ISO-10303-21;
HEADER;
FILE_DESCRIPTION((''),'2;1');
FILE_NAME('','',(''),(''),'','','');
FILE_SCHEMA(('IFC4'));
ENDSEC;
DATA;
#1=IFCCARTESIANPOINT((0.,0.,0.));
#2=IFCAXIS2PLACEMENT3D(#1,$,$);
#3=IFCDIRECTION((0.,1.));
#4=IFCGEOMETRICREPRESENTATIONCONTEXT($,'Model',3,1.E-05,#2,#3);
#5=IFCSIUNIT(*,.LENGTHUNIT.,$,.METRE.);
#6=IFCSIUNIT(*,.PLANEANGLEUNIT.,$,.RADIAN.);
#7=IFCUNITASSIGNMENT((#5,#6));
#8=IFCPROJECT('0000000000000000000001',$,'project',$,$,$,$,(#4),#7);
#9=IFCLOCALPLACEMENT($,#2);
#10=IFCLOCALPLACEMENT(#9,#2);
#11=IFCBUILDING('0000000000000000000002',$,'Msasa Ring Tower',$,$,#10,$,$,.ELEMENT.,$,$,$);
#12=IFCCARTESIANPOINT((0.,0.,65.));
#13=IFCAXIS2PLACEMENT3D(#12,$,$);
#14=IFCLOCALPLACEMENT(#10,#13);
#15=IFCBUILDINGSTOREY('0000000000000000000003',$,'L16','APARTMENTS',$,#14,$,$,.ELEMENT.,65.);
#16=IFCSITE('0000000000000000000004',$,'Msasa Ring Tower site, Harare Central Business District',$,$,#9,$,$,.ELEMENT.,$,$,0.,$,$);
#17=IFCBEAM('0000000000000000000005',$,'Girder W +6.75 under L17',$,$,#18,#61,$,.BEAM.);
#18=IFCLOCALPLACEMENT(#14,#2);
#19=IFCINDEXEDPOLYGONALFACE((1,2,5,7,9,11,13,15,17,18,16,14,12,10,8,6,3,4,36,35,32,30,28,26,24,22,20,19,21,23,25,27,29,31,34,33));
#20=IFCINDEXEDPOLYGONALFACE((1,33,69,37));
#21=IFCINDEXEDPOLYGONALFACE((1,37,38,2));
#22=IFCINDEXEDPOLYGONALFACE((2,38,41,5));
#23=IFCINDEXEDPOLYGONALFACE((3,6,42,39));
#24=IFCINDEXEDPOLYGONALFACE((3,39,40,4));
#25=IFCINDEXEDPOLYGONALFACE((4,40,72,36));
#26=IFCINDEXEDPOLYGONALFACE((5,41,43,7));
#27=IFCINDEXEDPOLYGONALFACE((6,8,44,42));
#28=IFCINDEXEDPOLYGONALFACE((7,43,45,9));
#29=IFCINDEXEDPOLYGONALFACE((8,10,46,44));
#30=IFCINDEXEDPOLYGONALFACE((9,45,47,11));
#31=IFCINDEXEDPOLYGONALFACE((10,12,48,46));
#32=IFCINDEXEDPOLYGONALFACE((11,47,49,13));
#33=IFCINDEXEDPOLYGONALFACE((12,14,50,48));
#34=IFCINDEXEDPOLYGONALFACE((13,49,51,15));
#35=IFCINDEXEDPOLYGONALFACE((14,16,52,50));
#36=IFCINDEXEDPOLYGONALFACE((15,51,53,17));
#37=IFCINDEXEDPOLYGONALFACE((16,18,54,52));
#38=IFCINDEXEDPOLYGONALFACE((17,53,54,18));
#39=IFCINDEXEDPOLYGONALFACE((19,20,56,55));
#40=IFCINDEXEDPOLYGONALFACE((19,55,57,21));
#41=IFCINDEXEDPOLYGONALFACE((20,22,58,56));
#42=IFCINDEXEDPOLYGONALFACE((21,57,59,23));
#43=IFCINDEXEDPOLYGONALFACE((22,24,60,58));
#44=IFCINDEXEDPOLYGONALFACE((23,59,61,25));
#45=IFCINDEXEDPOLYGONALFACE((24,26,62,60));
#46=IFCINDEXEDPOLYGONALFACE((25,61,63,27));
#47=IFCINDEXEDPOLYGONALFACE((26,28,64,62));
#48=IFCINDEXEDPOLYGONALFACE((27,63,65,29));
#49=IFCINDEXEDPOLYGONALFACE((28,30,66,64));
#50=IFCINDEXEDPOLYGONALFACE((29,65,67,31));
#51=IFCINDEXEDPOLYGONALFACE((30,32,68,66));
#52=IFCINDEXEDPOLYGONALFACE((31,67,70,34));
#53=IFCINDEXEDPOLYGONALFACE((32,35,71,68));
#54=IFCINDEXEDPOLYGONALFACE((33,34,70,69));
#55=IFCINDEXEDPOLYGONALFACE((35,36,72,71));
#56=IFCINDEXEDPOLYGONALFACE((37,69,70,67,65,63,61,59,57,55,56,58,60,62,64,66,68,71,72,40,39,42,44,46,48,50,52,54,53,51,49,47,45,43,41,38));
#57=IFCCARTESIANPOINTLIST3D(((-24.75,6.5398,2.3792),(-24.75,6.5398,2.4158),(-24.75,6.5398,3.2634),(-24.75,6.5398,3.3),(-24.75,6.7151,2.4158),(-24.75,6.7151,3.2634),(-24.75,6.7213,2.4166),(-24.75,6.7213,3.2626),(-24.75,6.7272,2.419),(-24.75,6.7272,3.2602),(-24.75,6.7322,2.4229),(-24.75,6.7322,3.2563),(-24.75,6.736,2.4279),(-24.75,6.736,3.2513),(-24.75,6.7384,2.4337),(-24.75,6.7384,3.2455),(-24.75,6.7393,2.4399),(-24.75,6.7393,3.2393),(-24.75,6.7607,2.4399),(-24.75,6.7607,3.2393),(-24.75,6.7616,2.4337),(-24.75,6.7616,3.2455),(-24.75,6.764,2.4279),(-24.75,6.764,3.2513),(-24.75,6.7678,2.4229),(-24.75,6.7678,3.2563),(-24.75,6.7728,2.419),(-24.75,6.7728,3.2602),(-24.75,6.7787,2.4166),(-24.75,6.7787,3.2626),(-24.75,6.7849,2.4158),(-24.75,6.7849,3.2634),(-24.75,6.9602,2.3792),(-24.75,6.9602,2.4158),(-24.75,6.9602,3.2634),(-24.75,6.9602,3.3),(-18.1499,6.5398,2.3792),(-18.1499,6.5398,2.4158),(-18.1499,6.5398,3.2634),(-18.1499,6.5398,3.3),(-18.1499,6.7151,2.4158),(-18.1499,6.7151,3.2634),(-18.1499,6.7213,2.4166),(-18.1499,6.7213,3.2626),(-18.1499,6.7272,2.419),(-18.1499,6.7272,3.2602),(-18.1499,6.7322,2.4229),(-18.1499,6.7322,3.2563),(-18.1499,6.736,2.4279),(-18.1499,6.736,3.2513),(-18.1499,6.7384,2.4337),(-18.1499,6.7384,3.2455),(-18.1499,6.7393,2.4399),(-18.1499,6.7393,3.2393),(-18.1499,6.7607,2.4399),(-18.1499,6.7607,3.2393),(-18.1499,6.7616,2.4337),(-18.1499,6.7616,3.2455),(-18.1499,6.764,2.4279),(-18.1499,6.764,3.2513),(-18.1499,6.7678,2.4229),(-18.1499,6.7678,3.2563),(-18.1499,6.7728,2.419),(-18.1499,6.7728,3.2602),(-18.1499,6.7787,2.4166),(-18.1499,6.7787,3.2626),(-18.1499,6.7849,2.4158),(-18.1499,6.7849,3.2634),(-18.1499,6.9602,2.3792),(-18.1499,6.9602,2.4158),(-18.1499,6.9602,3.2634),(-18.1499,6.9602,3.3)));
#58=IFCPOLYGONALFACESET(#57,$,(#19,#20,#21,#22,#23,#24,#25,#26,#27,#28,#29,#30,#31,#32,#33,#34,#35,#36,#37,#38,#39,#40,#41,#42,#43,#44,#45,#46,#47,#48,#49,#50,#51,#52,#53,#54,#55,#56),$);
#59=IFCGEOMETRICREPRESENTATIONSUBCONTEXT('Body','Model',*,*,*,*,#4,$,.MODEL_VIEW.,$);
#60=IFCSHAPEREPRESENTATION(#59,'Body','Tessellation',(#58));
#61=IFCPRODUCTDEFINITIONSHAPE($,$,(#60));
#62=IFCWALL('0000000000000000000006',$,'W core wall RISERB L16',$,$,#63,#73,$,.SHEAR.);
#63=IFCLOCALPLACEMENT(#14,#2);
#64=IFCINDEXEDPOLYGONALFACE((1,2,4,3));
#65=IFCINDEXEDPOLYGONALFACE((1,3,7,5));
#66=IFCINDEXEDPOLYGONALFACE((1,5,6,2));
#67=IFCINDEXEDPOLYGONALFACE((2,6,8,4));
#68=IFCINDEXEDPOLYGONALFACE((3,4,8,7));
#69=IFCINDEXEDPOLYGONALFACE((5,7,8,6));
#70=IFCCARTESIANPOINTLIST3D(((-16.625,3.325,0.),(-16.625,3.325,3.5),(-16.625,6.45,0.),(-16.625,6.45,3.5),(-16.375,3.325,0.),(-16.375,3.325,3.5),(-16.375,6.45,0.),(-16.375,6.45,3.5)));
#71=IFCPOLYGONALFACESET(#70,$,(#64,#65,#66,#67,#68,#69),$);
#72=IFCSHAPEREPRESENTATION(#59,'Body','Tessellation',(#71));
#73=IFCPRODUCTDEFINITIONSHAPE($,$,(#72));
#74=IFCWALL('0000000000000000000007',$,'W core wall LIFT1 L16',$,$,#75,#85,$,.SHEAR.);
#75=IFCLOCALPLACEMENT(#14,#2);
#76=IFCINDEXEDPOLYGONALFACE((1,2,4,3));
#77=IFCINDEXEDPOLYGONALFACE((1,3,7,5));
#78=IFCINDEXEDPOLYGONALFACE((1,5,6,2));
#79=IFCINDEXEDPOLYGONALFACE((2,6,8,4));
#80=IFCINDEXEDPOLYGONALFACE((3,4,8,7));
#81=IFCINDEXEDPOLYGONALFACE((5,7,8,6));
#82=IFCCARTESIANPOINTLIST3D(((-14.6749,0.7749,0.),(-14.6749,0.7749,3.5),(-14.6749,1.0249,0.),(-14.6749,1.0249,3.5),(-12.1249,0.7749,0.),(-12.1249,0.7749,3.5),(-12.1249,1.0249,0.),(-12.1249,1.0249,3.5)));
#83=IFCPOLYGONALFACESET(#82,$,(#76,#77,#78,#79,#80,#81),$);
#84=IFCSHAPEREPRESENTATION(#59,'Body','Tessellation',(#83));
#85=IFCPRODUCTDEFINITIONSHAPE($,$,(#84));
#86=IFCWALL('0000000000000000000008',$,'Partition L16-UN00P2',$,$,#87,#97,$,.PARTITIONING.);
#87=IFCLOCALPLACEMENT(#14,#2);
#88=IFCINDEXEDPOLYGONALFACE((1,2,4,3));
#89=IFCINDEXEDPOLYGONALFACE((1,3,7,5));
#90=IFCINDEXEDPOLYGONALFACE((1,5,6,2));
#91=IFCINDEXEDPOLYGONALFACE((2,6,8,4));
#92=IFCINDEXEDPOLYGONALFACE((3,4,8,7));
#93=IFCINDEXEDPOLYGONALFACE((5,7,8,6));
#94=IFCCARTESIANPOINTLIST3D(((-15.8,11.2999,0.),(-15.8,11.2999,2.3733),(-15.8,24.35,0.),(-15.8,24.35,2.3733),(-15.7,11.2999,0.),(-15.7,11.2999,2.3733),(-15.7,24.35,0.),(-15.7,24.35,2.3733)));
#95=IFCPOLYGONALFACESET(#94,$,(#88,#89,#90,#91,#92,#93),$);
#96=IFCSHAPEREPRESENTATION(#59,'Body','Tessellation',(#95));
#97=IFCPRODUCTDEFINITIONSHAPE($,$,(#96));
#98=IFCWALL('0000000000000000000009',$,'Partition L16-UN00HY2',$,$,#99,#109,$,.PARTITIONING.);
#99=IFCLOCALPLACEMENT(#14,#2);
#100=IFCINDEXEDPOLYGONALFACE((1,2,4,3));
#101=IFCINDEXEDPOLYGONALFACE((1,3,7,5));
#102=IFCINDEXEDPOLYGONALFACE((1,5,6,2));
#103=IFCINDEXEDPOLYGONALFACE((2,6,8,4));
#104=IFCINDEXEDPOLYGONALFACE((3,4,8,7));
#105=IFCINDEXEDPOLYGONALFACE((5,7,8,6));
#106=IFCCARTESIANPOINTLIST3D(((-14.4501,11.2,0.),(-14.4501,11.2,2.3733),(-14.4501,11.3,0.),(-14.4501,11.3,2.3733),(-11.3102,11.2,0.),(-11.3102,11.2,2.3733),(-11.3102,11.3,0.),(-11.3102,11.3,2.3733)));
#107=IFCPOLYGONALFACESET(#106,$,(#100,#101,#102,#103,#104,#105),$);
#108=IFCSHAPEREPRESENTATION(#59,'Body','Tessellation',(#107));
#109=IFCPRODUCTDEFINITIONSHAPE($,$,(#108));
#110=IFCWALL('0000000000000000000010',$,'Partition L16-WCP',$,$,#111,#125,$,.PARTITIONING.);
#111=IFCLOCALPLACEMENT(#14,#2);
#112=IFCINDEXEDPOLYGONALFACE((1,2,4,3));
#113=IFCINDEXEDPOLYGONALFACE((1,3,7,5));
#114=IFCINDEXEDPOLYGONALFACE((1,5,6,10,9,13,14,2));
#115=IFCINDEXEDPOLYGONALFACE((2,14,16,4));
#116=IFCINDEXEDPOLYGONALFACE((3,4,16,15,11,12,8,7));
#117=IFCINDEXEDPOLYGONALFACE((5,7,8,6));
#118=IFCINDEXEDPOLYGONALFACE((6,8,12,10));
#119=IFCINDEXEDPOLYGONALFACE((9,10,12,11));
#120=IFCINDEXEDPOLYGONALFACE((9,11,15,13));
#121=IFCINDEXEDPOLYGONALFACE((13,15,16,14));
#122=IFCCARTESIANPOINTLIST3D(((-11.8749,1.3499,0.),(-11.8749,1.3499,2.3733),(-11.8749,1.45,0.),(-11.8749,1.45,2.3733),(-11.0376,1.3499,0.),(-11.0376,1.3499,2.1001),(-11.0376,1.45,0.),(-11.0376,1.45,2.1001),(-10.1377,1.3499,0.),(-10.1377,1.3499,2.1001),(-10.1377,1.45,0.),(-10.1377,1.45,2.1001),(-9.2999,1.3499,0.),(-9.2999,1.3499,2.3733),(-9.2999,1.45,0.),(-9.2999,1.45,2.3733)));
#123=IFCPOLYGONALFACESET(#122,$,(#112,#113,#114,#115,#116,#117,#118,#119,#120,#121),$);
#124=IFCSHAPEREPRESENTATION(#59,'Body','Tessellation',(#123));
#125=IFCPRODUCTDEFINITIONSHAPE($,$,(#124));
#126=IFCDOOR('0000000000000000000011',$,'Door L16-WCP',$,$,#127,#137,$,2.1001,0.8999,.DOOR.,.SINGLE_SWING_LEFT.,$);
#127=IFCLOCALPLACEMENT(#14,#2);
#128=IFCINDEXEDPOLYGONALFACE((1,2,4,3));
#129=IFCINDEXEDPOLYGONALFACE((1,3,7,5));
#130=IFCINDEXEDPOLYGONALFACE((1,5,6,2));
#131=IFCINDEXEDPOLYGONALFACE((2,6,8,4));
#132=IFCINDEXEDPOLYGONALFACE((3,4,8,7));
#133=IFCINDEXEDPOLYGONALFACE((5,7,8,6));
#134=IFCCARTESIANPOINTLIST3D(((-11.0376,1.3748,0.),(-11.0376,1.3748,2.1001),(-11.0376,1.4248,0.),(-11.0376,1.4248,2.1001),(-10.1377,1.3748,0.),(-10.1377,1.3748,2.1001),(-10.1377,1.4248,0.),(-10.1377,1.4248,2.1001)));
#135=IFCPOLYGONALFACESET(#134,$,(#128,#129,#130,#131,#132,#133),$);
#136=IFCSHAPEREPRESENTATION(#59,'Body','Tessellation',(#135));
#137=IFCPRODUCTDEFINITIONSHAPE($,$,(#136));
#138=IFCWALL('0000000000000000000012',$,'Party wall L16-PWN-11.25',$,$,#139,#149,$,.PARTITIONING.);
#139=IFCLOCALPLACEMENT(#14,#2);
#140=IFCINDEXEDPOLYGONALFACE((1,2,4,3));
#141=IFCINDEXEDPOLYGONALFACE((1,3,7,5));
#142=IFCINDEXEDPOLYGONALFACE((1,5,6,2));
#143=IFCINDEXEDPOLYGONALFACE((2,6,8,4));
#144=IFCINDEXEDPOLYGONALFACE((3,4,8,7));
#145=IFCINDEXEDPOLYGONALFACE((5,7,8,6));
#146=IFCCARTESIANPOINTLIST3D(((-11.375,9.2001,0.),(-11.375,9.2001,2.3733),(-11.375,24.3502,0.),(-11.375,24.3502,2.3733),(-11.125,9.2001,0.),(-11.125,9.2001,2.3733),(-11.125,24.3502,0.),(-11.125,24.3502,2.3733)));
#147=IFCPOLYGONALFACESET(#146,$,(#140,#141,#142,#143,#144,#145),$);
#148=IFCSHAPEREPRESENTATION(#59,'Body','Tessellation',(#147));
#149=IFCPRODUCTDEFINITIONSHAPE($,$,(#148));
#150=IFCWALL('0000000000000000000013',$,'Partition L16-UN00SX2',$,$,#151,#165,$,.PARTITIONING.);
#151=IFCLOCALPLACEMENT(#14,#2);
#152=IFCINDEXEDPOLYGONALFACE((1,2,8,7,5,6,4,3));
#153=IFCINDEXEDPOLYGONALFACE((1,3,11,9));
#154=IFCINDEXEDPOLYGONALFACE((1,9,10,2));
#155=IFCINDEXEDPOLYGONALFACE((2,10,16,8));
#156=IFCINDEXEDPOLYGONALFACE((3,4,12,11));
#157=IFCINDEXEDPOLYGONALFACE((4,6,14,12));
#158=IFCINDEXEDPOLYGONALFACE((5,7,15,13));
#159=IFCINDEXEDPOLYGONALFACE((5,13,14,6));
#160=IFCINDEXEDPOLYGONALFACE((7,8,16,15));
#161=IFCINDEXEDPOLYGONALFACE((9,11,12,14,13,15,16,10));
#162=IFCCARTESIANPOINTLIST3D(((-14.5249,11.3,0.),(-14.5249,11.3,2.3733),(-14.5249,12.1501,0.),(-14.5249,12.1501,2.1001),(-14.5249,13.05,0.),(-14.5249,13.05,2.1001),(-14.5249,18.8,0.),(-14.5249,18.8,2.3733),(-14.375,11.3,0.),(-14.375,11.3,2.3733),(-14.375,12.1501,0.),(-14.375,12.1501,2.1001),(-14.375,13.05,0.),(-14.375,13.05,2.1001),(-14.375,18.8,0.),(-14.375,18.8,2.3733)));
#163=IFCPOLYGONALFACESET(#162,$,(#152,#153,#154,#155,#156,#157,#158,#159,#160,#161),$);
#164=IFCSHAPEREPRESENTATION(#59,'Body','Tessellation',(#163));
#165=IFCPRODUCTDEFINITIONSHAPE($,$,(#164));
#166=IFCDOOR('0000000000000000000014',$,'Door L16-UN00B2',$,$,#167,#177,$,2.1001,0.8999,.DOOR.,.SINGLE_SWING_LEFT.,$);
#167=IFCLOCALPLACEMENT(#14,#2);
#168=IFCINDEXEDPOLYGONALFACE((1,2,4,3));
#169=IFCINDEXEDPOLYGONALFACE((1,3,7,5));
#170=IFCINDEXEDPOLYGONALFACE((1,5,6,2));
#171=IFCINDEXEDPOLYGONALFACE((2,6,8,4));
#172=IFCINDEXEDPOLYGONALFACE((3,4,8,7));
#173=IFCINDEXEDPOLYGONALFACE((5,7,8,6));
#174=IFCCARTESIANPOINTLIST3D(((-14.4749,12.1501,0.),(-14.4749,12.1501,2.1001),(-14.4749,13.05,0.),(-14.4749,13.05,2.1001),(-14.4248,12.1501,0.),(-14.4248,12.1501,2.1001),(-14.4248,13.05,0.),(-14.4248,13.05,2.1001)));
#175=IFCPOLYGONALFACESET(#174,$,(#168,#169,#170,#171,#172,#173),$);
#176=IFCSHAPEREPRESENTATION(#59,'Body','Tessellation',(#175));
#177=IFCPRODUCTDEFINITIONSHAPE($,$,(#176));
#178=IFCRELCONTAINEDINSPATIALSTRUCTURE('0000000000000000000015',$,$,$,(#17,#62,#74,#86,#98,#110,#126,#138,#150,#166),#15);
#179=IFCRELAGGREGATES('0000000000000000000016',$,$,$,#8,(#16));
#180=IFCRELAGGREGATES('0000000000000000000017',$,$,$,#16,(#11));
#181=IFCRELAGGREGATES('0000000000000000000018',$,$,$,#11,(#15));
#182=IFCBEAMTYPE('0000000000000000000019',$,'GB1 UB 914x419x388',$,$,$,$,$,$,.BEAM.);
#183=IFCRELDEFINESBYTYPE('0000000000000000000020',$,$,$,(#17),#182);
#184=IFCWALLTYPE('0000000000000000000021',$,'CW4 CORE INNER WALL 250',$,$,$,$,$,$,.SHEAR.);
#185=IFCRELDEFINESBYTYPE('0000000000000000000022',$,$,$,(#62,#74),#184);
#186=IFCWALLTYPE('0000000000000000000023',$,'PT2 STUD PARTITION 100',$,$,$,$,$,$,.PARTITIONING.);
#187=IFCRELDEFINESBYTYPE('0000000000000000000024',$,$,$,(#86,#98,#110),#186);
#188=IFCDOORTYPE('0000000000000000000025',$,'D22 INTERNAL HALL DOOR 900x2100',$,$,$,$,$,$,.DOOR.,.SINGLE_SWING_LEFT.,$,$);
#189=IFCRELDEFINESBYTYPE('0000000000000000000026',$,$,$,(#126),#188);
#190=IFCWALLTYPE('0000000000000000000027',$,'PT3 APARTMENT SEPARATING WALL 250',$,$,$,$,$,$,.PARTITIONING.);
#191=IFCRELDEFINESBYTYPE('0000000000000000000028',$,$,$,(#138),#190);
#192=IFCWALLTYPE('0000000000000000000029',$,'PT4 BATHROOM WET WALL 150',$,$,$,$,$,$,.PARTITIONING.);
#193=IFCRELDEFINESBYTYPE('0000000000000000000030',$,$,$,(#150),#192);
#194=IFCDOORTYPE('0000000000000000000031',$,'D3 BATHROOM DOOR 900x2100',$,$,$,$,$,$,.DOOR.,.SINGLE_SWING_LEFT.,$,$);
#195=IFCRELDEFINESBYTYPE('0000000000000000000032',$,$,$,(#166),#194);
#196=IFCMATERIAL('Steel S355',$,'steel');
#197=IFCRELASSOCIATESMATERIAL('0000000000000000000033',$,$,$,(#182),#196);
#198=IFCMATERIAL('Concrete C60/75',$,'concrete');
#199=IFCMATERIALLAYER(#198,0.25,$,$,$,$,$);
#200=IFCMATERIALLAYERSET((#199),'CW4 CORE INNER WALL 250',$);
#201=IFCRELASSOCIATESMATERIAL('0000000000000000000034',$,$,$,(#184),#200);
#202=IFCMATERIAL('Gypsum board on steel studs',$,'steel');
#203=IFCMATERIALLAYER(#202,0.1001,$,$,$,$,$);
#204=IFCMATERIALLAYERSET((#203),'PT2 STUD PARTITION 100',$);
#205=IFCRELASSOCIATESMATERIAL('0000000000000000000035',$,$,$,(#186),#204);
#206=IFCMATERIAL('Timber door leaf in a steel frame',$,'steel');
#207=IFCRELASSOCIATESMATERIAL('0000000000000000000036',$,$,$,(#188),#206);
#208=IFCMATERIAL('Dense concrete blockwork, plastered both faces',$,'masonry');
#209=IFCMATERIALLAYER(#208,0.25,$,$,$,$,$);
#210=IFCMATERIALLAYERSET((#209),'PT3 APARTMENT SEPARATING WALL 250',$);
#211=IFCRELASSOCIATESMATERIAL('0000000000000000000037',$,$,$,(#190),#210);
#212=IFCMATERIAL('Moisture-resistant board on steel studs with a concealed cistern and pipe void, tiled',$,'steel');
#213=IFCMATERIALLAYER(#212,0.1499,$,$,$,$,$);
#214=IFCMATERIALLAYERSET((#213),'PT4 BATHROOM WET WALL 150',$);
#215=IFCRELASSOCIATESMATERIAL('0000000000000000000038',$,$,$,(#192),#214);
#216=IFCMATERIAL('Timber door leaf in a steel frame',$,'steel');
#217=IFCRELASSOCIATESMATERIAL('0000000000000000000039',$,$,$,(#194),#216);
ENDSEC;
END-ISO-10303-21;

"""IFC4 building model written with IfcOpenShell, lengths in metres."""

from ifc_helpers import new_model, si_unit, direction, frame, frame_2d, origin, origin_2d, place, context, subcontext, project, spatial, rectangle, i_section, extrude, material, layer, layer_set, material_profile, profile_set, type_object, element, fill, save


model = new_model("IFC4")

# Units and contexts
model_context = context("Model", 3, precision=1e-05, world=origin(), true_north=direction((0.0, 1.0)))
body_context = subcontext(model_context, "Body", "Model", "MODEL_VIEW")
ifc_project = project(units=[si_unit("LENGTHUNIT", "METRE"), si_unit("PLANEANGLEUNIT", "RADIAN")], contexts=[model_context])

# Site, building, storey
site_placement = place(None, origin())
site = spatial("IfcSite", under=ifc_project, at=site_placement, Name="Msasa Ring Tower site, Harare Central Business District", CompositionType="ELEMENT", RefElevation=0.0)
building_placement = place(site_placement, origin())
building = spatial("IfcBuilding", under=site, at=building_placement, Name="Msasa Ring Tower", CompositionType="ELEMENT")
storey_placement = place(building_placement, frame((0.0, 0.0, 65.0)))
storey = spatial("IfcBuildingStorey", under=building, at=storey_placement, Name="L16", Description="APARTMENTS", CompositionType="ELEMENT", Elevation=65.0)

# Beam
ifc_material_1 = material(Name="Steel S355", Category="steel")
ifc_material_profile = material_profile(ifc_material_1, i_section(OverallWidth=0.4204, OverallDepth=0.9209, WebThickness=0.0215, FlangeThickness=0.0366, FilletRadius=0.0242, at=origin_2d()), Name="UB 914x419x388")
ifc_profile_set = profile_set([ifc_material_profile], Name="Steel S355")
beam_type = type_object("IfcBeamType", Name="GB1 UB 914x419x388", PredefinedType="BEAM", material=ifc_profile_set)
beam_placement = place(storey_placement, frame((-18.1499, 6.75, 2.8396), z_axis=(-1.0, 0.0, 0.0), x_axis=(0.0, -1.0, 0.0)))
element("IfcBeam", 1, at=beam_placement, inside=storey, type_object=beam_type, Name="Girder W +6.75 under L17", PredefinedType="BEAM", context=body_context, shape_type="SweptSolid", body=[
    extrude(i_section(OverallWidth=0.4204, OverallDepth=0.9209, WebThickness=0.0215, FlangeThickness=0.0366, FilletRadius=0.0242, at=origin_2d()), origin(), (0.0, 0.0, 1.0), 6.6001),
])

# Walls
ifc_material_2 = material(Name="Concrete C60/75", Category="concrete")
ifc_layer_1 = layer(ifc_material_2, 0.25)
ifc_layer_set_1 = layer_set([ifc_layer_1], Name="CW4 CORE INNER WALL 250")
wall_type_1 = type_object("IfcWallType", Name="CW4 CORE INNER WALL 250", PredefinedType="SHEAR", material=ifc_layer_set_1)
wall_1_placement = place(storey_placement, frame((-16.5, 3.325, 0.0), z_axis=(0.0, 0.0, 1.0), x_axis=(0.0, 1.0, 0.0)))
element("IfcWall", 2, at=wall_1_placement, inside=storey, type_object=wall_type_1, Name="W core wall RISERB L16", PredefinedType="SHEAR", context=body_context, shape_type="SweptSolid", body=[
    extrude(rectangle(XDim=3.125, YDim=0.25, at=frame_2d((1.5625, 0.0))), origin(), (0.0, 0.0, 1.0), 3.5),
])
wall_2_placement = place(storey_placement, frame((-12.125, 0.8999, 0.0), z_axis=(0.0, 0.0, 1.0), x_axis=(-1.0, 0.0, 0.0)))
element("IfcWall", 3, at=wall_2_placement, inside=storey, type_object=wall_type_1, Name="W core wall LIFT1 L16", PredefinedType="SHEAR", context=body_context, shape_type="SweptSolid", body=[
    extrude(rectangle(XDim=2.55, YDim=0.25, at=frame_2d((1.2749, 0.0))), origin(), (0.0, 0.0, 1.0), 3.5),
])
ifc_material_3 = material(Name="Gypsum board on steel studs", Category="steel")
ifc_layer_2 = layer(ifc_material_3, 0.1001)
ifc_layer_set_2 = layer_set([ifc_layer_2], Name="PT2 STUD PARTITION 100")
wall_type_2 = type_object("IfcWallType", Name="PT2 STUD PARTITION 100", PredefinedType="PARTITIONING", material=ifc_layer_set_2)
wall_3_placement = place(storey_placement, frame((-15.75, 11.3, 0.0), z_axis=(0.0, 0.0, 1.0), x_axis=(0.0, 1.0, 0.0)))
element("IfcWall", 4, at=wall_3_placement, inside=storey, type_object=wall_type_2, Name="Partition L16-UN00P2", PredefinedType="PARTITIONING", context=body_context, shape_type="SweptSolid", body=[
    extrude(rectangle(XDim=13.05, YDim=0.1001, at=frame_2d((6.5249, 0.0))), origin(), (0.0, 0.0, 1.0), 2.3733),
])
wall_4_placement = place(storey_placement, frame((-14.45, 11.25, 0.0), z_axis=(0.0, 0.0, 1.0), x_axis=(1.0, 0.0, 0.0)))
element("IfcWall", 5, at=wall_4_placement, inside=storey, type_object=wall_type_2, Name="Partition L16-UN00HY2", PredefinedType="PARTITIONING", context=body_context, shape_type="SweptSolid", body=[
    extrude(rectangle(XDim=3.1399, YDim=0.1001, at=frame_2d((1.5698, 0.0))), origin(), (0.0, 0.0, 1.0), 2.3733),
])

# Wall, opening, door
wall_5_placement = place(storey_placement, frame((-11.875, 1.3999, 0.0), z_axis=(0.0, 0.0, 1.0), x_axis=(1.0, 0.0, 0.0)))
wall_5 = element("IfcWall", 6, at=wall_5_placement, inside=storey, type_object=wall_type_2, Name="Partition L16-WCP", PredefinedType="PARTITIONING", context=body_context, shape_type="SweptSolid", body=[
    extrude(rectangle(XDim=2.575, YDim=0.1001, at=frame_2d((1.2876, 0.0))), origin(), (0.0, 0.0, 1.0), 2.3733),
])
opening_1_placement = place(wall_5_placement, frame((0.8374, 0.0, 0.0)))
opening_1 = element("IfcOpeningElement", 7, at=opening_1_placement, cuts=wall_5, PredefinedType="OPENING", context=body_context, shape_type="SweptSolid", body=[
    extrude(rectangle(XDim=0.8999, YDim=2.1001, at=frame_2d((0.45, 1.05))), frame((0.0, 0.0601, 0.0), z_axis=(0.0, -1.0, 0.0), x_axis=(1.0, 0.0, 0.0)), (0.0, 0.0, 1.0), 0.1201),
])
ifc_material_4 = material(Name="Timber door leaf in a steel frame", Category="steel")
door_type_1 = type_object("IfcDoorType", Name="D22 INTERNAL HALL DOOR 900x2100", OperationType="SINGLE_SWING_LEFT", PredefinedType="DOOR", material=ifc_material_4)
door_1_placement = place(opening_1_placement, origin())
door_1 = element("IfcDoor", 8, at=door_1_placement, inside=storey, type_object=door_type_1, Name="Door L16-WCP", OperationType="SINGLE_SWING_LEFT", OverallHeight=2.1001, OverallWidth=0.8999, PredefinedType="DOOR", context=body_context, shape_type="SweptSolid", body=[
    extrude(rectangle(XDim=0.8999, YDim=2.1001, at=frame_2d((0.45, 1.05))), frame((0.0, 0.0249, 0.0), z_axis=(0.0, -1.0, 0.0), x_axis=(1.0, 0.0, 0.0)), (0.0, 0.0, 1.0), 0.05),
])
fill(opening_1, door_1)

# Wall
ifc_material_5 = material(Name="Dense concrete blockwork, plastered both faces", Category="masonry")
ifc_layer_3 = layer(ifc_material_5, 0.25)
ifc_layer_set_3 = layer_set([ifc_layer_3], Name="PT3 APARTMENT SEPARATING WALL 250")
wall_type_3 = type_object("IfcWallType", Name="PT3 APARTMENT SEPARATING WALL 250", PredefinedType="PARTITIONING", material=ifc_layer_set_3)
wall_6_placement = place(storey_placement, frame((-11.25, 9.2, 0.0), z_axis=(0.0, 0.0, 1.0), x_axis=(0.0, 1.0, 0.0)))
element("IfcWall", 9, at=wall_6_placement, inside=storey, type_object=wall_type_3, Name="Party wall L16-PWN-11.25", PredefinedType="PARTITIONING", context=body_context, shape_type="SweptSolid", body=[
    extrude(rectangle(XDim=15.1501, YDim=0.25, at=frame_2d((7.5752, 0.0))), origin(), (0.0, 0.0, 1.0), 2.3733),
])

# Wall, opening, door
ifc_material_6 = material(Name="Moisture-resistant board on steel studs with a concealed cistern and pipe void, tiled", Category="steel")
ifc_layer_4 = layer(ifc_material_6, 0.1499)
ifc_layer_set_4 = layer_set([ifc_layer_4], Name="PT4 BATHROOM WET WALL 150")
wall_type_4 = type_object("IfcWallType", Name="PT4 BATHROOM WET WALL 150", PredefinedType="PARTITIONING", material=ifc_layer_set_4)
wall_7_placement = place(storey_placement, frame((-14.45, 11.3, 0.0), z_axis=(0.0, 0.0, 1.0), x_axis=(0.0, 1.0, 0.0)))
wall_7 = element("IfcWall", 10, at=wall_7_placement, inside=storey, type_object=wall_type_4, Name="Partition L16-UN00SX2", PredefinedType="PARTITIONING", context=body_context, shape_type="SweptSolid", body=[
    extrude(rectangle(XDim=7.5, YDim=0.1499, at=frame_2d((3.75, 0.0))), origin(), (0.0, 0.0, 1.0), 2.3733),
])
opening_2_placement = place(wall_7_placement, frame((0.8501, 0.0, 0.0)))
opening_2 = element("IfcOpeningElement", 11, at=opening_2_placement, cuts=wall_7, PredefinedType="OPENING", context=body_context, shape_type="SweptSolid", body=[
    extrude(rectangle(XDim=0.8999, YDim=2.1001, at=frame_2d((0.45, 1.05))), frame((0.0, 0.085, 0.0), z_axis=(0.0, -1.0, 0.0), x_axis=(1.0, 0.0, 0.0)), (0.0, 0.0, 1.0), 0.1699),
])
ifc_material_7 = material(Name="Timber door leaf in a steel frame", Category="steel")
door_type_2 = type_object("IfcDoorType", Name="D3 BATHROOM DOOR 900x2100", OperationType="SINGLE_SWING_LEFT", PredefinedType="DOOR", material=ifc_material_7)
door_2_placement = place(opening_2_placement, origin())
door_2 = element("IfcDoor", 12, at=door_2_placement, inside=storey, type_object=door_type_2, Name="Door L16-UN00B2", OperationType="SINGLE_SWING_LEFT", OverallHeight=2.1001, OverallWidth=0.8999, PredefinedType="DOOR", context=body_context, shape_type="SweptSolid", body=[
    extrude(rectangle(XDim=0.8999, YDim=2.1001, at=frame_2d((0.45, 1.05))), frame((0.0, 0.0249, 0.0), z_axis=(0.0, -1.0, 0.0), x_axis=(1.0, 0.0, 0.0)), (0.0, 0.0, 1.0), 0.05),
])
fill(opening_2, door_2)

save(model, "model.ifc")
